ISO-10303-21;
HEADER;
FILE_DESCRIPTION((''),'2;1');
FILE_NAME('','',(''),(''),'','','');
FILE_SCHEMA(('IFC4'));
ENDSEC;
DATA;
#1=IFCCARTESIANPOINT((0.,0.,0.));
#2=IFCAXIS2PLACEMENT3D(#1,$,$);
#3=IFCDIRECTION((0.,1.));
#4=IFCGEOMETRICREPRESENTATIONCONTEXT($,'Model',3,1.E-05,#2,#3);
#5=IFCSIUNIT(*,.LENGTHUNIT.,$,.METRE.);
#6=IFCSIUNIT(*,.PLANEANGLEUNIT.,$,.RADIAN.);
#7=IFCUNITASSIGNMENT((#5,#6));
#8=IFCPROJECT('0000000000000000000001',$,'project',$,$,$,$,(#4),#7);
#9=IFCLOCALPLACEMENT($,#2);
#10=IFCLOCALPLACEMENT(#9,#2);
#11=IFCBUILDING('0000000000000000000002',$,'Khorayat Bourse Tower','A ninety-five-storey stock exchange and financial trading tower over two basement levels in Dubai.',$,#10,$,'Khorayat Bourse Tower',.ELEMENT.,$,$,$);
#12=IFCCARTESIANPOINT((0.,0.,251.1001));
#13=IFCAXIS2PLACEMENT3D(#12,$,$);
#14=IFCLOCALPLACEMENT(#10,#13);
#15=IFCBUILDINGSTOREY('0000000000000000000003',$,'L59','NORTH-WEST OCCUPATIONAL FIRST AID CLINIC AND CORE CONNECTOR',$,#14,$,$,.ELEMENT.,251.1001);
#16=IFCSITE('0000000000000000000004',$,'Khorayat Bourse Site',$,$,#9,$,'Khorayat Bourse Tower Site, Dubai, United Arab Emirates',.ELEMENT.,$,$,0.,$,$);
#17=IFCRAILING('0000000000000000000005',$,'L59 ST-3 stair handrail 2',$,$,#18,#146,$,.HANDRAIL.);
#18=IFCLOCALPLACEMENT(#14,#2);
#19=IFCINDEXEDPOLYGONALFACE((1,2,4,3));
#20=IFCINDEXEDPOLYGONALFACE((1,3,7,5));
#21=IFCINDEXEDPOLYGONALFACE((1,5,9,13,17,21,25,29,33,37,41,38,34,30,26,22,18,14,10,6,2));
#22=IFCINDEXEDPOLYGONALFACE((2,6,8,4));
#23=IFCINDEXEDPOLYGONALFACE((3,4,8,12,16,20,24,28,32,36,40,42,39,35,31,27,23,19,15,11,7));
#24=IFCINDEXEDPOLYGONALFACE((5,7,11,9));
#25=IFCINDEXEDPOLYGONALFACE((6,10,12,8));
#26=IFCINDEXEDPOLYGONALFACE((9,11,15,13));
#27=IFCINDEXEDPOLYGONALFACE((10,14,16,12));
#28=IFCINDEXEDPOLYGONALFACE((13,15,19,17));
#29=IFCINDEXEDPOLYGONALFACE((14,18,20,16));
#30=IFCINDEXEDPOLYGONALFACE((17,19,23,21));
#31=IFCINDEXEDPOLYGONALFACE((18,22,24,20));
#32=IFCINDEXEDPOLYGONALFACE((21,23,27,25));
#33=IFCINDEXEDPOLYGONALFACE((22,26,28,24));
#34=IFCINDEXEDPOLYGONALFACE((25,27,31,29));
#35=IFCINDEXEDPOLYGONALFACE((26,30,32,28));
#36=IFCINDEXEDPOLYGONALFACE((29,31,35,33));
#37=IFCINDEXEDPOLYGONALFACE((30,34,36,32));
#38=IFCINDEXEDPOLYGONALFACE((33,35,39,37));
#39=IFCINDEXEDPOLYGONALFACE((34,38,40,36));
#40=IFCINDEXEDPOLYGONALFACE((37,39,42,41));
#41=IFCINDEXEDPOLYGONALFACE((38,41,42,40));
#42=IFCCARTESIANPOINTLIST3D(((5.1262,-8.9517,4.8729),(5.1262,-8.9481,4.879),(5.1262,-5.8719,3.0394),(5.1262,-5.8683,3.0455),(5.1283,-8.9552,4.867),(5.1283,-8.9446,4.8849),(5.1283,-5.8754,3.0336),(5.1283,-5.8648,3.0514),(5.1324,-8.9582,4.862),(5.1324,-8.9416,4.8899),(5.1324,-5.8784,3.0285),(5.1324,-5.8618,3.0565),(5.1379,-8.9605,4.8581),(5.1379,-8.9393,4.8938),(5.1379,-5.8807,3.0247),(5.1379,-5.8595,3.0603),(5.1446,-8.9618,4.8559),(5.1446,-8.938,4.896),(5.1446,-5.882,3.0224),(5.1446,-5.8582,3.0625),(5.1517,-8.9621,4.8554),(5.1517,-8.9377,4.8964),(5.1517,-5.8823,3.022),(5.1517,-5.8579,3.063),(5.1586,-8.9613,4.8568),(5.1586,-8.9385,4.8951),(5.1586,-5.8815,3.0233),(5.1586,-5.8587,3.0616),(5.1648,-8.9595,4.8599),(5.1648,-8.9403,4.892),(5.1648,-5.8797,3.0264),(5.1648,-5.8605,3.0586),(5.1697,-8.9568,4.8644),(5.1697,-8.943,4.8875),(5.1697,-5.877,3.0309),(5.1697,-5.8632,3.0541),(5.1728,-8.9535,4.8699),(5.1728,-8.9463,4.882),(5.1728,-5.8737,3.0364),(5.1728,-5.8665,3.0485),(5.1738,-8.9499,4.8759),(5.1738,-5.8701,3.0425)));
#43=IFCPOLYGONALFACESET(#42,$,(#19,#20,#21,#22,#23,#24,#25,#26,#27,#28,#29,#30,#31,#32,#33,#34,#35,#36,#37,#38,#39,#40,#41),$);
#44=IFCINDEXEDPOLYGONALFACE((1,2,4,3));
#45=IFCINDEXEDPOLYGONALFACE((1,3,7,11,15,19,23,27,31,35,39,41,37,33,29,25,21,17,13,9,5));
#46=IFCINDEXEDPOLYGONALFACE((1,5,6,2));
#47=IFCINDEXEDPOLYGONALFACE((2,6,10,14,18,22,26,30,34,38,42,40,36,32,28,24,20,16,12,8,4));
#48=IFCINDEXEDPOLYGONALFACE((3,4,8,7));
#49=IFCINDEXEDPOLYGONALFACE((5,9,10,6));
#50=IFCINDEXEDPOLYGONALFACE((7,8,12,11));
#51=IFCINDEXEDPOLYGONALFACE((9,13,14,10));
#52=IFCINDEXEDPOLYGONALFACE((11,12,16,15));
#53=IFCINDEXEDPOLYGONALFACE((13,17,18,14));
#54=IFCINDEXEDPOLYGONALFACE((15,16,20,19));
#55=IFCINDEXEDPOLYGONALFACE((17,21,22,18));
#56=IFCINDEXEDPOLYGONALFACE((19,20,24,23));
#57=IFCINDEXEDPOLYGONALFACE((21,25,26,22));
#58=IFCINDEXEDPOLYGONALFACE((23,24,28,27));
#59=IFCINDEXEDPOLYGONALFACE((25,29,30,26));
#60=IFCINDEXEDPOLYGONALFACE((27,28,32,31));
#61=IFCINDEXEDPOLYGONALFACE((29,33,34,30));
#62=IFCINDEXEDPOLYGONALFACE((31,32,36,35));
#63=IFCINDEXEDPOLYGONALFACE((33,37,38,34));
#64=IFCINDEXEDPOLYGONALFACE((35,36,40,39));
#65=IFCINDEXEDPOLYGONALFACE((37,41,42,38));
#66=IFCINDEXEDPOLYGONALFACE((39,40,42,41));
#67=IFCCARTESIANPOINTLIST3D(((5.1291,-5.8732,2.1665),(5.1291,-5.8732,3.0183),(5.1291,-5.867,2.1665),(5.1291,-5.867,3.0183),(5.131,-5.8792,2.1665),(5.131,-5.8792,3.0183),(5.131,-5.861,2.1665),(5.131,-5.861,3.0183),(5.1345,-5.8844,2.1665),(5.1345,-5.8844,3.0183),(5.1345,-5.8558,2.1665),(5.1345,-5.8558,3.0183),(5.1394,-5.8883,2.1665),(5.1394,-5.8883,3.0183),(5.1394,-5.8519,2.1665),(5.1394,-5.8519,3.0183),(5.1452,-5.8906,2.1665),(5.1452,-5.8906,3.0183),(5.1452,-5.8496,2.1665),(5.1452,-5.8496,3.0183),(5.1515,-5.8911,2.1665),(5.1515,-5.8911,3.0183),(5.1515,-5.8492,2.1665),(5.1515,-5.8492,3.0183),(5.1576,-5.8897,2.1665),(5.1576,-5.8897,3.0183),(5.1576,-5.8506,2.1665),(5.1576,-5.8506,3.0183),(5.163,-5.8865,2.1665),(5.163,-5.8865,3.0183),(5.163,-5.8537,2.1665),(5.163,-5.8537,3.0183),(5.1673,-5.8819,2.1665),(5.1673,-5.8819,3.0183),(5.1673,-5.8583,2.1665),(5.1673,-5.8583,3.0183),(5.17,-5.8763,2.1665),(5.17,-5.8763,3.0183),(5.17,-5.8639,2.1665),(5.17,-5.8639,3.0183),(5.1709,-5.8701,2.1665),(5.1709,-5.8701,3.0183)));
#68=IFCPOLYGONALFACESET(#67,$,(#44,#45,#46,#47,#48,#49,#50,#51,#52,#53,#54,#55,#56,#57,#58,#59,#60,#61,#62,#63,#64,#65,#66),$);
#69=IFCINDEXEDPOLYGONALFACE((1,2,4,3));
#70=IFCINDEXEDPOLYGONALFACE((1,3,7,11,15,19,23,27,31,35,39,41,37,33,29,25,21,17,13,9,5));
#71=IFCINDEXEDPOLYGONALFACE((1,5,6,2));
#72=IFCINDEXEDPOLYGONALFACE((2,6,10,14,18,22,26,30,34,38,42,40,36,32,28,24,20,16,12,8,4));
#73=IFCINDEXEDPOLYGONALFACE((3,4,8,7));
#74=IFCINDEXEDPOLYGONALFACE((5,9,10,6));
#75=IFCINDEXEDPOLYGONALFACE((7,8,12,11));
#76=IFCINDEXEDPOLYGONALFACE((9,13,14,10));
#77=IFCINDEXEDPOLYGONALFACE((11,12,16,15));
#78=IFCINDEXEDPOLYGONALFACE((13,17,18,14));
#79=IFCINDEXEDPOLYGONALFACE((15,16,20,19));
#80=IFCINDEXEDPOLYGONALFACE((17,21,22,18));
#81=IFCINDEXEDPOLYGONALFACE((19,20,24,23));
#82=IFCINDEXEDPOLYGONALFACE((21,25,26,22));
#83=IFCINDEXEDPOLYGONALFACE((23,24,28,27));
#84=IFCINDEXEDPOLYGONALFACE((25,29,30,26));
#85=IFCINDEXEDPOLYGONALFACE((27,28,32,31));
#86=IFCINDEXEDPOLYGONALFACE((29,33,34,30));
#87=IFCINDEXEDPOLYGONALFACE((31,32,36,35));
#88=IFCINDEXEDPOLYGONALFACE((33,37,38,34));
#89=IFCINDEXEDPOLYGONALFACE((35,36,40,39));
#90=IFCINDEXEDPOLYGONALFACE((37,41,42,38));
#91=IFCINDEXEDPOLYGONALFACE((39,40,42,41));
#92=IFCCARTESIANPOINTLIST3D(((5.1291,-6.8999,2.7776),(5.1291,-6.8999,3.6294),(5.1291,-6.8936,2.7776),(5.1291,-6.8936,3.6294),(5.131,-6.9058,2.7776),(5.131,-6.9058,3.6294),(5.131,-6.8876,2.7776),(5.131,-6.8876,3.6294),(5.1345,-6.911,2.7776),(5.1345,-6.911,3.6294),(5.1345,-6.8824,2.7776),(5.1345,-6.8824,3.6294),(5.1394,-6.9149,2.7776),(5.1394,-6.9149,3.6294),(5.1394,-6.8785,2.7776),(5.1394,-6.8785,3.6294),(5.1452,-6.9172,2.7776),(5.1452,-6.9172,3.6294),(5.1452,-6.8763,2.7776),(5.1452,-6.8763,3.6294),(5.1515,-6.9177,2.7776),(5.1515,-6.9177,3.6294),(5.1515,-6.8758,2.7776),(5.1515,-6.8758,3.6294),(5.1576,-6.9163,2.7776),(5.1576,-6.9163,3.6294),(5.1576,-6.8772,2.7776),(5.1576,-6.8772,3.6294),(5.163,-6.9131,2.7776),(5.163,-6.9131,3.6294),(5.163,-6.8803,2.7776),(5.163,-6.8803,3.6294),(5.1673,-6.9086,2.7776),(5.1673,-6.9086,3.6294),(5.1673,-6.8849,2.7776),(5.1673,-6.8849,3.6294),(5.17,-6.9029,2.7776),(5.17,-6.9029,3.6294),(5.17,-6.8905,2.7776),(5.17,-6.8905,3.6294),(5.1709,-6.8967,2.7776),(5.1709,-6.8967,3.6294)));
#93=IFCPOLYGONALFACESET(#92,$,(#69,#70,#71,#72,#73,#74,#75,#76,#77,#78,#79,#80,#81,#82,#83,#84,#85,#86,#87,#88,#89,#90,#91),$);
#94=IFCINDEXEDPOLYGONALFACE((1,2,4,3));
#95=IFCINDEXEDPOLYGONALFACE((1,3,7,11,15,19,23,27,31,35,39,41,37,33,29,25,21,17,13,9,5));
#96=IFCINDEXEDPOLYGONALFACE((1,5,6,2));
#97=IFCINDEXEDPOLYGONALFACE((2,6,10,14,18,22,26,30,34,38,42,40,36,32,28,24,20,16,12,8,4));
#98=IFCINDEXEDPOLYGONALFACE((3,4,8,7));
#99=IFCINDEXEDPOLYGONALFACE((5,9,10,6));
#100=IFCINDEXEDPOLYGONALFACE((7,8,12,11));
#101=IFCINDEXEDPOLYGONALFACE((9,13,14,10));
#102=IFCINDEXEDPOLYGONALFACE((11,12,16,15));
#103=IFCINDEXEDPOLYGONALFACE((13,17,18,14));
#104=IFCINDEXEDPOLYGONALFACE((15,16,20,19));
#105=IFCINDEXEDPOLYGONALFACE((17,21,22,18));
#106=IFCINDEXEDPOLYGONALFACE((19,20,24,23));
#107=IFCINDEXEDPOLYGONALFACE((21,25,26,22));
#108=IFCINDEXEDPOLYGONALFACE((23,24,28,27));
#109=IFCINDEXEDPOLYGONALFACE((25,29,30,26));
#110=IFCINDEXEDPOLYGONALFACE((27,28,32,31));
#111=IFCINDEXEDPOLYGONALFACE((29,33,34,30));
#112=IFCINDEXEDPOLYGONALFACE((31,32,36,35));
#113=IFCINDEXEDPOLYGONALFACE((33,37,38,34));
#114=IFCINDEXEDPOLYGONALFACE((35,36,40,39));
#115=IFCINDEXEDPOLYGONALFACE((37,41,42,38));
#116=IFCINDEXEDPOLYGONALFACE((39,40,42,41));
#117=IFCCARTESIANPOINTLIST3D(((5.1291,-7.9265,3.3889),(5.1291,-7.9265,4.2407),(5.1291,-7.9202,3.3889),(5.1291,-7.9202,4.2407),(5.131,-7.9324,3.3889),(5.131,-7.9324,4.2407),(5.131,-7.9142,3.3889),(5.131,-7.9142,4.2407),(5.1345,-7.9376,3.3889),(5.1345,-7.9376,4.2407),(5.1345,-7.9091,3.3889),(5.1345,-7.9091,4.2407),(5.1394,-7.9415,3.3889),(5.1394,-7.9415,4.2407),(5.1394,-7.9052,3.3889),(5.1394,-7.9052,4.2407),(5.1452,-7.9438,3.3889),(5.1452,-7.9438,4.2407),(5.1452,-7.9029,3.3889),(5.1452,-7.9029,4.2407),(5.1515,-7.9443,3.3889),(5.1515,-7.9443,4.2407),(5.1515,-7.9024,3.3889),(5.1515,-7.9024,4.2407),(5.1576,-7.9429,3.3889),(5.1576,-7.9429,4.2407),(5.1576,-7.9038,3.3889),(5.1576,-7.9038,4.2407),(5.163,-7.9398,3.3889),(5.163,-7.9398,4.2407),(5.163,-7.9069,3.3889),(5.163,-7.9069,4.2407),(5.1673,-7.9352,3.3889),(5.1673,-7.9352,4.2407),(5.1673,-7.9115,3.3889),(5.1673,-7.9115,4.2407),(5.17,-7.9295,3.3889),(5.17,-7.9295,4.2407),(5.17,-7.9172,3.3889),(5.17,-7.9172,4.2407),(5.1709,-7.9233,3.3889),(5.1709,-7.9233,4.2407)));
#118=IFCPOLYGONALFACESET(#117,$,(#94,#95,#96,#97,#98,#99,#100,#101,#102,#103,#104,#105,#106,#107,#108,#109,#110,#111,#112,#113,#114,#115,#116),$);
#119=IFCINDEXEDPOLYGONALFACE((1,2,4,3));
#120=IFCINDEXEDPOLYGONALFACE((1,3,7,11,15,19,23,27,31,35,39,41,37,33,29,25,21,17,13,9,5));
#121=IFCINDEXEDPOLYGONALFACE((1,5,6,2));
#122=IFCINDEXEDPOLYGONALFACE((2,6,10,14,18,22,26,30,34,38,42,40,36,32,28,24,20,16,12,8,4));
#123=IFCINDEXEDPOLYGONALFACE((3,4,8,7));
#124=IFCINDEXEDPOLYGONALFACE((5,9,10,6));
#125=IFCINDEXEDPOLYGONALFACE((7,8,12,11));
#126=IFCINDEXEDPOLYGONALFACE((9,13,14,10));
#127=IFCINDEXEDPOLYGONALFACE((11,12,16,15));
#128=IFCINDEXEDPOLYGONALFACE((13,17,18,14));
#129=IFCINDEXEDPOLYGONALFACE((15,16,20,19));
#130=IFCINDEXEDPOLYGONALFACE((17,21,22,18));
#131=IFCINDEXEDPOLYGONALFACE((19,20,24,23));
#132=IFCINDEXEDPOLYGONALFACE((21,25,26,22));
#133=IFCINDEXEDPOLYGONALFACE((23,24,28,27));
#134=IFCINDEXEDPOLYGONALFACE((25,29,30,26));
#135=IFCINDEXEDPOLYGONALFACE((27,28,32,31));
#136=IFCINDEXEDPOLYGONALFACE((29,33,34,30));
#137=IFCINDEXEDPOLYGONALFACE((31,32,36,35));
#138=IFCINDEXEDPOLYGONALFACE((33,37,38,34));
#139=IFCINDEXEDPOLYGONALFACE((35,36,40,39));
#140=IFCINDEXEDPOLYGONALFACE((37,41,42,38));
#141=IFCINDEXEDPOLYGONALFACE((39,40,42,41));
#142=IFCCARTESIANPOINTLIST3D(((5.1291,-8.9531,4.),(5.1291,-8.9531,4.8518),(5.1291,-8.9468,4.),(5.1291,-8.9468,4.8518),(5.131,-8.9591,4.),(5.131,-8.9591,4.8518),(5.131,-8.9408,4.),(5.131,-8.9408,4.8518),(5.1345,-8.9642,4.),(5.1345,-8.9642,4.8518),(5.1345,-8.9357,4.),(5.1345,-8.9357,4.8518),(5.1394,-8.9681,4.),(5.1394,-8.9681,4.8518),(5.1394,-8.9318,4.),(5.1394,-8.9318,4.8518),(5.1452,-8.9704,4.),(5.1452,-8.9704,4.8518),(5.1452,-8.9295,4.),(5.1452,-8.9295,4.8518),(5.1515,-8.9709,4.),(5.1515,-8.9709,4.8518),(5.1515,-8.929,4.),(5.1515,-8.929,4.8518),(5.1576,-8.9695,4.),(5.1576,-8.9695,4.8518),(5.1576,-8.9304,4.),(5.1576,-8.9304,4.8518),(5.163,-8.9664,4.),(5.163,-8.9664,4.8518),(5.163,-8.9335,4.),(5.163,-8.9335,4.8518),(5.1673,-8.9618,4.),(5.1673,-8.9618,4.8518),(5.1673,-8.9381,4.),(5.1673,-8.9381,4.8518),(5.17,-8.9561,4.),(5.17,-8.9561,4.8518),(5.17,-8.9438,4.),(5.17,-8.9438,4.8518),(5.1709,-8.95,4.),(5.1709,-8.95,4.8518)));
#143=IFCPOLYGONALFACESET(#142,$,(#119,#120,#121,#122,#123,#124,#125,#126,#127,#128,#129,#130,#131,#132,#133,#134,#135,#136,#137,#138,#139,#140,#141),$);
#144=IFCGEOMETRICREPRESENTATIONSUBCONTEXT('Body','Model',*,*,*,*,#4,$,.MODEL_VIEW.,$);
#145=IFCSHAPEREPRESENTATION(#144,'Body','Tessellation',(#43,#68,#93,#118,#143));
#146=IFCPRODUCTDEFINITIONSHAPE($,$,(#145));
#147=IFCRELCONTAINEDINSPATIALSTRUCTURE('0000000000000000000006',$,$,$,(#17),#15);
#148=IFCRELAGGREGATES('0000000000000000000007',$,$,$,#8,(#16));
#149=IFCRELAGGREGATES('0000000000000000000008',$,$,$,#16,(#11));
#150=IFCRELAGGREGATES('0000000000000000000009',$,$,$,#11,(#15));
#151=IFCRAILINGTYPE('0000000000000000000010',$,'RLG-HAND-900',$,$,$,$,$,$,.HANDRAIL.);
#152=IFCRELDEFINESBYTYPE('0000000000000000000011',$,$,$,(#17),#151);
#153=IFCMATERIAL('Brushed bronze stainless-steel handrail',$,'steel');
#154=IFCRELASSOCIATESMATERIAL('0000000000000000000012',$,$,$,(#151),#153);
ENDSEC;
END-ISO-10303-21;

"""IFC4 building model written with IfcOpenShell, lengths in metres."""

from ifc_helpers import new_model, si_unit, direction, frame, origin, origin_2d, place, context, subcontext, project, spatial, circle, extrude, source, transform, mapped, material, type_object, element, save


model = new_model("IFC4")

# Units and contexts
model_context = context("Model", 3, precision=1e-05, world=origin(), true_north=direction((0.0, 1.0)))
body_context = subcontext(model_context, "Body", "Model", "MODEL_VIEW")
ifc_project = project(units=[si_unit("LENGTHUNIT", "METRE"), si_unit("PLANEANGLEUNIT", "RADIAN")], contexts=[model_context])

# Site, building, storey
site_placement = place(None, origin())
site = spatial("IfcSite", under=ifc_project, at=site_placement, Name="Khorayat Bourse Site", LongName="Khorayat Bourse Tower Site, Dubai, United Arab Emirates", CompositionType="ELEMENT", RefElevation=0.0)
building_placement = place(site_placement, origin())
building = spatial("IfcBuilding", under=site, at=building_placement, Name="Khorayat Bourse Tower", Description="A ninety-five-storey stock exchange and financial trading tower over two basement levels in Dubai.", LongName="Khorayat Bourse Tower", CompositionType="ELEMENT")
storey_placement = place(building_placement, frame((0.0, 0.0, 251.1001)))
storey = spatial("IfcBuildingStorey", under=building, at=storey_placement, Name="L59", Description="NORTH-WEST OCCUPATIONAL FIRST AID CLINIC AND CORE CONNECTOR", CompositionType="ELEMENT", Elevation=251.1001)

# Railing
ifc_material_1 = material(Name="Brushed bronze stainless-steel handrail", Category="steel")
railing_type_1 = type_object("IfcRailingType", Name="RLG-HAND-900", PredefinedType="HANDRAIL", material=ifc_material_1)
shared_shape_1 = source(origin(), body_context, "Body", "SweptSolid", [
    extrude(circle(Radius=0.0239, at=origin_2d()), frame((0.0, 0.0, 0.876), z_axis=(0.0, -0.859261, 0.511538), x_axis=(1.0, 0.0, 0.0)), (0.0, 0.0, 1.0), 3.5842),
    extrude(circle(Radius=0.021, at=origin_2d()), origin(), (0.0, 0.0, 1.0), 0.8518),
    extrude(circle(Radius=0.021, at=origin_2d()), frame((0.0, -1.0266, 0.6111)), (0.0, 0.0, 1.0), 0.8518),
    extrude(circle(Radius=0.021, at=origin_2d()), frame((0.0, -2.0532, 1.2224)), (0.0, 0.0, 1.0), 0.8518),
    extrude(circle(Radius=0.021, at=origin_2d()), frame((0.0, -3.0798, 1.8335)), (0.0, 0.0, 1.0), 0.8518),
])
railing_1_placement = place(storey_placement, frame((5.1499, -5.8701, 2.1665)))
element("IfcRailing", 1, at=railing_1_placement, inside=storey, type_object=railing_type_1, Name="L59 ST-3 stair handrail 2", PredefinedType="HANDRAIL", context=body_context, shape_type="MappedRepresentation", body=[
    mapped(shared_shape_1, transform((0.0, 0.0, 0.0), scale=1.0)),
])

save(model, "model.ifc")
